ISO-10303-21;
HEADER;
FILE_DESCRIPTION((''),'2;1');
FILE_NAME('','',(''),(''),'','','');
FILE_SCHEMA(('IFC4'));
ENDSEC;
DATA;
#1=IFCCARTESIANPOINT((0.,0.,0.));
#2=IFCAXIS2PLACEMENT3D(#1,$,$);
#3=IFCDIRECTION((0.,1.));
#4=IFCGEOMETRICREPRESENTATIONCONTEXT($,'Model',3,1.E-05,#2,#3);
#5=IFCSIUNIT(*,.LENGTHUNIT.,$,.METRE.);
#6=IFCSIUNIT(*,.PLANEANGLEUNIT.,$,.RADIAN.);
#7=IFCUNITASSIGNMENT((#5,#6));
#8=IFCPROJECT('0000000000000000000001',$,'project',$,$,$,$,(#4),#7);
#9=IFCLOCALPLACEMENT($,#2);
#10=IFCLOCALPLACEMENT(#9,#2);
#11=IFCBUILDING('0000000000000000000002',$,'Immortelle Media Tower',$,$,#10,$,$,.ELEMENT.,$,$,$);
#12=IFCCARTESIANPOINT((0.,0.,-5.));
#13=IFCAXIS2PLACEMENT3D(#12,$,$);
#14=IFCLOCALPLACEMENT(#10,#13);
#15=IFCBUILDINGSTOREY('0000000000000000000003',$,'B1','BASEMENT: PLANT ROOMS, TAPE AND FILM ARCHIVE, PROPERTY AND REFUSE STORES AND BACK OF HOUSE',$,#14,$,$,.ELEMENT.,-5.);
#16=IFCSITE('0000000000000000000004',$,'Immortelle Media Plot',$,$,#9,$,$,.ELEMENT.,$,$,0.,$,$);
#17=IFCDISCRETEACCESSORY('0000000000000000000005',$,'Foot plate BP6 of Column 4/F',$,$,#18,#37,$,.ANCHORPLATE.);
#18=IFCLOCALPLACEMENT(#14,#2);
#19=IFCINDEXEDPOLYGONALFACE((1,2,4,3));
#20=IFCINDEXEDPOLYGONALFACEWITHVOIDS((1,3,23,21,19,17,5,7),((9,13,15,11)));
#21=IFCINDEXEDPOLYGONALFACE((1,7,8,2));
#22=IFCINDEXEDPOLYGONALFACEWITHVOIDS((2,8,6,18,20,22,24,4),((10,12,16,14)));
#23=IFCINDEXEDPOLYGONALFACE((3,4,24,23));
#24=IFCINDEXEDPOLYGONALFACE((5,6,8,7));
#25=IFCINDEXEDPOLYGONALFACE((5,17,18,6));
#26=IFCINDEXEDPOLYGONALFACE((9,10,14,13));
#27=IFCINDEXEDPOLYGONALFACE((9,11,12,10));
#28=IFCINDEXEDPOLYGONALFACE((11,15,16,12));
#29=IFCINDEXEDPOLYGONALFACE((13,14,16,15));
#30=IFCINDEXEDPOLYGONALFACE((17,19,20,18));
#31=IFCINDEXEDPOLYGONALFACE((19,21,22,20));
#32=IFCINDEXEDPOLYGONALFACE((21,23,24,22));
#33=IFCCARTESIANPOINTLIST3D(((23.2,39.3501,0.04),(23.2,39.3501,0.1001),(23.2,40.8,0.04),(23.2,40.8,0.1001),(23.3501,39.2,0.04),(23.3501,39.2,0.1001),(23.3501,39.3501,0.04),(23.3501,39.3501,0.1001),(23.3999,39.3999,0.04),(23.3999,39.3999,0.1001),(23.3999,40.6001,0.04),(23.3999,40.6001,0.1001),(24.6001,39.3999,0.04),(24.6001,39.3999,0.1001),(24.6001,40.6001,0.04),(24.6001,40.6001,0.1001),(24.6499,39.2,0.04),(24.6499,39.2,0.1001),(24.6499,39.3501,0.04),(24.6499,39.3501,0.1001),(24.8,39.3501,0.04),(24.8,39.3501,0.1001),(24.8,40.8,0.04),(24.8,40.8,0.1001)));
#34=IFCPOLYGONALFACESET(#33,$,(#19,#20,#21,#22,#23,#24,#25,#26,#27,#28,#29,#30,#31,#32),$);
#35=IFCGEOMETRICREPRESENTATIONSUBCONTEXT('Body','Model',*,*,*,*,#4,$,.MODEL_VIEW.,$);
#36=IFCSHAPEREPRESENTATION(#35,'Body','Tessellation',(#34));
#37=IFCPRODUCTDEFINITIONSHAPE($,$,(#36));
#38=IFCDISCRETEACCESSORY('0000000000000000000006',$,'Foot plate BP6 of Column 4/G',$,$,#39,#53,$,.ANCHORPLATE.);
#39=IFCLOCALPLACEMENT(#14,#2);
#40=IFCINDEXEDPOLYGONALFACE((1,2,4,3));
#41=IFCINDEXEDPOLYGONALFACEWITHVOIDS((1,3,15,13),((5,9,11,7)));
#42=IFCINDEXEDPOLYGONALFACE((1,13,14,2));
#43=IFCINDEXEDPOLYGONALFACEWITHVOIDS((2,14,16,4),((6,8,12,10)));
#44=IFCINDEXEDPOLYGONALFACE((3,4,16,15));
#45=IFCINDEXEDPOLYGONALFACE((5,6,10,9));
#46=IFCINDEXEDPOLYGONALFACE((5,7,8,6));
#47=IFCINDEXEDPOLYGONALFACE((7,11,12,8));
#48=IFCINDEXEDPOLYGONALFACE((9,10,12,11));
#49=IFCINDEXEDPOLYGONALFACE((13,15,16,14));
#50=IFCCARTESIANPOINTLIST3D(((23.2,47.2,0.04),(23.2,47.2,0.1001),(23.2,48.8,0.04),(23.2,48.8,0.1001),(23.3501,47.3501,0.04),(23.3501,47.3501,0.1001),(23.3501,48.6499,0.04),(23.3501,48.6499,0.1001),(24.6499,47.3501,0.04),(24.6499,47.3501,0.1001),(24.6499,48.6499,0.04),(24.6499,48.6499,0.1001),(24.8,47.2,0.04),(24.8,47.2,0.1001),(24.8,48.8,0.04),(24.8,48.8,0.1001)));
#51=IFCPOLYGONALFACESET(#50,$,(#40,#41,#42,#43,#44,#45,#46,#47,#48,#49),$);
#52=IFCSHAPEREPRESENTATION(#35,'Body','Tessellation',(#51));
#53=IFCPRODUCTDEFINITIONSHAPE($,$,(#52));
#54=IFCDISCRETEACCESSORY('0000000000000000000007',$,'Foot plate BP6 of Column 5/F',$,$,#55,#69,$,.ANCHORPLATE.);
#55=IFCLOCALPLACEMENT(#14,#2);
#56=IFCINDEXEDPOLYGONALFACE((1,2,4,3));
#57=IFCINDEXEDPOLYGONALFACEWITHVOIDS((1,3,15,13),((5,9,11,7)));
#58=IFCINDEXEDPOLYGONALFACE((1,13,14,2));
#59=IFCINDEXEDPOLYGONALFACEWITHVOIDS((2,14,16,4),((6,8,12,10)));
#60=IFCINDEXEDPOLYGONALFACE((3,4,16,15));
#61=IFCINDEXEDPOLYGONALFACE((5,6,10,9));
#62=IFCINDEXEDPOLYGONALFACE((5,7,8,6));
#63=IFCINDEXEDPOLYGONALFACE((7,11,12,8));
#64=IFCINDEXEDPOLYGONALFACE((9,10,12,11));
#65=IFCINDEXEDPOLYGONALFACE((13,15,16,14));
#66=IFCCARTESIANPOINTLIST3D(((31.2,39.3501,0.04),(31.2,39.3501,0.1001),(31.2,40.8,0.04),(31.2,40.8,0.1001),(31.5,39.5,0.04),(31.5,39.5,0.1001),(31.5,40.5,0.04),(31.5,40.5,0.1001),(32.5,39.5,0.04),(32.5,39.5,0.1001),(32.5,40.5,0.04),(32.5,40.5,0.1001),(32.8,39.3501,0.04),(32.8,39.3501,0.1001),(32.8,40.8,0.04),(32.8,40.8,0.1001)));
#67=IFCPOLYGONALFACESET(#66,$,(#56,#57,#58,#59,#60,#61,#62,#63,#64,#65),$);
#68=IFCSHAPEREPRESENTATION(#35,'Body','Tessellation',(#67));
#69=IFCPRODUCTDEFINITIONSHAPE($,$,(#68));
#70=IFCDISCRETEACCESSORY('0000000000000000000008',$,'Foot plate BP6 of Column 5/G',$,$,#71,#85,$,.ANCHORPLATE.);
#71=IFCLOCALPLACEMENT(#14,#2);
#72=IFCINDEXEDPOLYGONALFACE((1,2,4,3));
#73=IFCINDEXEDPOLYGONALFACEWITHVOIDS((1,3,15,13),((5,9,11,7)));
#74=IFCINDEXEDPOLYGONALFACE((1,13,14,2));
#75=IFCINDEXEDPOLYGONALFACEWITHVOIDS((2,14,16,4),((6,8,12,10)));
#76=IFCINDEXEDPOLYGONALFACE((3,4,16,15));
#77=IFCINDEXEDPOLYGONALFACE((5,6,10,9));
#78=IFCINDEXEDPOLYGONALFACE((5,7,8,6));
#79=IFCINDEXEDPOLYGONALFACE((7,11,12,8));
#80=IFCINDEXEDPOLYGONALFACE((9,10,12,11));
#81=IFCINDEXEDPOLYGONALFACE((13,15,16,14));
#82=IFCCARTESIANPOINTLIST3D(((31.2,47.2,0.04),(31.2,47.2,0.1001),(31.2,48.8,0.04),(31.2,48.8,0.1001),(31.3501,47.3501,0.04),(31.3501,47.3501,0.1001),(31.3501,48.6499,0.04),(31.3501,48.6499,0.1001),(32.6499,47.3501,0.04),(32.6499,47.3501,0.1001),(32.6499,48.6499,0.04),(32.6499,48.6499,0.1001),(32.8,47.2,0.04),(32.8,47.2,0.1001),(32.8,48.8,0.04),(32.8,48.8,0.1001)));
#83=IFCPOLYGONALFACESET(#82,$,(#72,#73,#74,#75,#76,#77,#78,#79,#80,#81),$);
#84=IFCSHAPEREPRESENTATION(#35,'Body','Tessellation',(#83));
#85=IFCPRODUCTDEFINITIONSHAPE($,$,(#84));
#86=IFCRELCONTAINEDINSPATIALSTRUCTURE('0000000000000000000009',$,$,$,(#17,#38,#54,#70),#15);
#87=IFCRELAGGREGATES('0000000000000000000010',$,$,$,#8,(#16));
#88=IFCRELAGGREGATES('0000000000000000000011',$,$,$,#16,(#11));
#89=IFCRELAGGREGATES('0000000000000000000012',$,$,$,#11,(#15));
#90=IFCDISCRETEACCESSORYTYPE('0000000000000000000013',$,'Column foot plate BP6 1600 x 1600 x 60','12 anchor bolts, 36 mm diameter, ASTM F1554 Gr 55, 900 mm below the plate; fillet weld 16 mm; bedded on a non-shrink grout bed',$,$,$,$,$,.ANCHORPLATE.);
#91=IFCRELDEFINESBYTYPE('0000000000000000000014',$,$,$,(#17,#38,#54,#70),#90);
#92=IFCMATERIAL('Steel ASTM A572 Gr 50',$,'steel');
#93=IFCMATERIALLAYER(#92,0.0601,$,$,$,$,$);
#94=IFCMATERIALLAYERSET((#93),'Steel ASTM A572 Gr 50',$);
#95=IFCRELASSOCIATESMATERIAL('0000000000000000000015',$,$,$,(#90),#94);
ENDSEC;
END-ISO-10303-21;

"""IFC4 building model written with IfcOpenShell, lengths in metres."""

from ifc_helpers import new_model, si_unit, direction, frame, origin, place, context, subcontext, project, spatial, polyline, outline, extrude, material, layer, layer_set, type_object, element, save


model = new_model("IFC4")

# Units and contexts
model_context = context("Model", 3, precision=1e-05, world=origin(), true_north=direction((0.0, 1.0)))
body_context = subcontext(model_context, "Body", "Model", "MODEL_VIEW")
ifc_project = project(units=[si_unit("LENGTHUNIT", "METRE"), si_unit("PLANEANGLEUNIT", "RADIAN")], contexts=[model_context])

# Site, building, storey
site_placement = place(None, origin())
site = spatial("IfcSite", under=ifc_project, at=site_placement, Name="Immortelle Media Plot", CompositionType="ELEMENT", RefElevation=0.0)
building_placement = place(site_placement, origin())
building = spatial("IfcBuilding", under=site, at=building_placement, Name="Immortelle Media Tower", CompositionType="ELEMENT")
storey_placement = place(building_placement, frame((0.0, 0.0, -5.0)))
storey = spatial("IfcBuildingStorey", under=building, at=storey_placement, Name="B1", Description="BASEMENT: PLANT ROOMS, TAPE AND FILM ARCHIVE, PROPERTY AND REFUSE STORES AND BACK OF HOUSE", CompositionType="ELEMENT", Elevation=-5.0)

# Shared definitions
ifc_material_1 = material(Name="Steel ASTM A572 Gr 50", Category="steel")

# Discrete accessories
ifc_layer_1 = layer(ifc_material_1, 0.0601)
ifc_layer_set_1 = layer_set([ifc_layer_1], Name="Steel ASTM A572 Gr 50")
discrete_accessory_type = type_object("IfcDiscreteAccessoryType", Name="Column foot plate BP6 1600 x 1600 x 60", Description="12 anchor bolts, 36 mm diameter, ASTM F1554 Gr 55, 900 mm below the plate; fillet weld 16 mm; bedded on a non-shrink grout bed", PredefinedType="ANCHORPLATE", material=ifc_layer_set_1)
discrete_accessory_1_placement = place(storey_placement, frame((24.0, 40.0, 0.04), z_axis=(0.0, 0.0, 1.0), x_axis=(1.0, 0.0, 0.0)))
element("IfcDiscreteAccessory", 1, at=discrete_accessory_1_placement, inside=storey, type_object=discrete_accessory_type, Name="Foot plate BP6 of Column 4/F", PredefinedType="ANCHORPLATE", context=body_context, shape_type="SweptSolid", body=[
    extrude(outline(polyline([(0.8, 0.8), (-0.8, 0.8), (-0.8, -0.6499), (-0.6499, -0.6499), (-0.6499, -0.8), (0.6499, -0.8), (0.6499, -0.6499), (0.8, -0.6499), (0.8, 0.8)]), holes=[polyline([(0.6001, 0.6001), (0.6001, -0.6001), (-0.6001, -0.6001), (-0.6001, 0.6001), (0.6001, 0.6001)])]), origin(), (0.0, 0.0, 1.0), 0.0601),
])
discrete_accessory_2_placement = place(storey_placement, frame((24.0, 48.0, 0.04), z_axis=(0.0, 0.0, 1.0), x_axis=(1.0, 0.0, 0.0)))
element("IfcDiscreteAccessory", 2, at=discrete_accessory_2_placement, inside=storey, type_object=discrete_accessory_type, Name="Foot plate BP6 of Column 4/G", PredefinedType="ANCHORPLATE", context=body_context, shape_type="SweptSolid", body=[
    extrude(outline(polyline([(-0.8, -0.8), (0.8, -0.8), (0.8, 0.8), (-0.8, 0.8), (-0.8, -0.8)]), holes=[polyline([(0.6499, 0.6499), (0.6499, -0.6499), (-0.6499, -0.6499), (-0.6499, 0.6499), (0.6499, 0.6499)])]), origin(), (0.0, 0.0, 1.0), 0.0601),
])
discrete_accessory_3_placement = place(storey_placement, frame((32.0, 40.0, 0.04), z_axis=(0.0, 0.0, 1.0), x_axis=(1.0, 0.0, 0.0)))
element("IfcDiscreteAccessory", 3, at=discrete_accessory_3_placement, inside=storey, type_object=discrete_accessory_type, Name="Foot plate BP6 of Column 5/F", PredefinedType="ANCHORPLATE", context=body_context, shape_type="SweptSolid", body=[
    extrude(outline(polyline([(0.8, 0.8), (-0.8, 0.8), (-0.8, -0.6499), (0.8, -0.6499), (0.8, 0.8)]), holes=[polyline([(0.5, 0.5), (0.5, -0.5), (-0.5, -0.5), (-0.5, 0.5), (0.5, 0.5)])]), origin(), (0.0, 0.0, 1.0), 0.0601),
])
discrete_accessory_4_placement = place(storey_placement, frame((32.0, 48.0, 0.04), z_axis=(0.0, 0.0, 1.0), x_axis=(1.0, 0.0, 0.0)))
element("IfcDiscreteAccessory", 4, at=discrete_accessory_4_placement, inside=storey, type_object=discrete_accessory_type, Name="Foot plate BP6 of Column 5/G", PredefinedType="ANCHORPLATE", context=body_context, shape_type="SweptSolid", body=[
    extrude(outline(polyline([(-0.8, -0.8), (0.8, -0.8), (0.8, 0.8), (-0.8, 0.8), (-0.8, -0.8)]), holes=[polyline([(0.6499, 0.6499), (0.6499, -0.6499), (-0.6499, -0.6499), (-0.6499, 0.6499), (0.6499, 0.6499)])]), origin(), (0.0, 0.0, 1.0), 0.0601),
])

save(model, "model.ifc")
